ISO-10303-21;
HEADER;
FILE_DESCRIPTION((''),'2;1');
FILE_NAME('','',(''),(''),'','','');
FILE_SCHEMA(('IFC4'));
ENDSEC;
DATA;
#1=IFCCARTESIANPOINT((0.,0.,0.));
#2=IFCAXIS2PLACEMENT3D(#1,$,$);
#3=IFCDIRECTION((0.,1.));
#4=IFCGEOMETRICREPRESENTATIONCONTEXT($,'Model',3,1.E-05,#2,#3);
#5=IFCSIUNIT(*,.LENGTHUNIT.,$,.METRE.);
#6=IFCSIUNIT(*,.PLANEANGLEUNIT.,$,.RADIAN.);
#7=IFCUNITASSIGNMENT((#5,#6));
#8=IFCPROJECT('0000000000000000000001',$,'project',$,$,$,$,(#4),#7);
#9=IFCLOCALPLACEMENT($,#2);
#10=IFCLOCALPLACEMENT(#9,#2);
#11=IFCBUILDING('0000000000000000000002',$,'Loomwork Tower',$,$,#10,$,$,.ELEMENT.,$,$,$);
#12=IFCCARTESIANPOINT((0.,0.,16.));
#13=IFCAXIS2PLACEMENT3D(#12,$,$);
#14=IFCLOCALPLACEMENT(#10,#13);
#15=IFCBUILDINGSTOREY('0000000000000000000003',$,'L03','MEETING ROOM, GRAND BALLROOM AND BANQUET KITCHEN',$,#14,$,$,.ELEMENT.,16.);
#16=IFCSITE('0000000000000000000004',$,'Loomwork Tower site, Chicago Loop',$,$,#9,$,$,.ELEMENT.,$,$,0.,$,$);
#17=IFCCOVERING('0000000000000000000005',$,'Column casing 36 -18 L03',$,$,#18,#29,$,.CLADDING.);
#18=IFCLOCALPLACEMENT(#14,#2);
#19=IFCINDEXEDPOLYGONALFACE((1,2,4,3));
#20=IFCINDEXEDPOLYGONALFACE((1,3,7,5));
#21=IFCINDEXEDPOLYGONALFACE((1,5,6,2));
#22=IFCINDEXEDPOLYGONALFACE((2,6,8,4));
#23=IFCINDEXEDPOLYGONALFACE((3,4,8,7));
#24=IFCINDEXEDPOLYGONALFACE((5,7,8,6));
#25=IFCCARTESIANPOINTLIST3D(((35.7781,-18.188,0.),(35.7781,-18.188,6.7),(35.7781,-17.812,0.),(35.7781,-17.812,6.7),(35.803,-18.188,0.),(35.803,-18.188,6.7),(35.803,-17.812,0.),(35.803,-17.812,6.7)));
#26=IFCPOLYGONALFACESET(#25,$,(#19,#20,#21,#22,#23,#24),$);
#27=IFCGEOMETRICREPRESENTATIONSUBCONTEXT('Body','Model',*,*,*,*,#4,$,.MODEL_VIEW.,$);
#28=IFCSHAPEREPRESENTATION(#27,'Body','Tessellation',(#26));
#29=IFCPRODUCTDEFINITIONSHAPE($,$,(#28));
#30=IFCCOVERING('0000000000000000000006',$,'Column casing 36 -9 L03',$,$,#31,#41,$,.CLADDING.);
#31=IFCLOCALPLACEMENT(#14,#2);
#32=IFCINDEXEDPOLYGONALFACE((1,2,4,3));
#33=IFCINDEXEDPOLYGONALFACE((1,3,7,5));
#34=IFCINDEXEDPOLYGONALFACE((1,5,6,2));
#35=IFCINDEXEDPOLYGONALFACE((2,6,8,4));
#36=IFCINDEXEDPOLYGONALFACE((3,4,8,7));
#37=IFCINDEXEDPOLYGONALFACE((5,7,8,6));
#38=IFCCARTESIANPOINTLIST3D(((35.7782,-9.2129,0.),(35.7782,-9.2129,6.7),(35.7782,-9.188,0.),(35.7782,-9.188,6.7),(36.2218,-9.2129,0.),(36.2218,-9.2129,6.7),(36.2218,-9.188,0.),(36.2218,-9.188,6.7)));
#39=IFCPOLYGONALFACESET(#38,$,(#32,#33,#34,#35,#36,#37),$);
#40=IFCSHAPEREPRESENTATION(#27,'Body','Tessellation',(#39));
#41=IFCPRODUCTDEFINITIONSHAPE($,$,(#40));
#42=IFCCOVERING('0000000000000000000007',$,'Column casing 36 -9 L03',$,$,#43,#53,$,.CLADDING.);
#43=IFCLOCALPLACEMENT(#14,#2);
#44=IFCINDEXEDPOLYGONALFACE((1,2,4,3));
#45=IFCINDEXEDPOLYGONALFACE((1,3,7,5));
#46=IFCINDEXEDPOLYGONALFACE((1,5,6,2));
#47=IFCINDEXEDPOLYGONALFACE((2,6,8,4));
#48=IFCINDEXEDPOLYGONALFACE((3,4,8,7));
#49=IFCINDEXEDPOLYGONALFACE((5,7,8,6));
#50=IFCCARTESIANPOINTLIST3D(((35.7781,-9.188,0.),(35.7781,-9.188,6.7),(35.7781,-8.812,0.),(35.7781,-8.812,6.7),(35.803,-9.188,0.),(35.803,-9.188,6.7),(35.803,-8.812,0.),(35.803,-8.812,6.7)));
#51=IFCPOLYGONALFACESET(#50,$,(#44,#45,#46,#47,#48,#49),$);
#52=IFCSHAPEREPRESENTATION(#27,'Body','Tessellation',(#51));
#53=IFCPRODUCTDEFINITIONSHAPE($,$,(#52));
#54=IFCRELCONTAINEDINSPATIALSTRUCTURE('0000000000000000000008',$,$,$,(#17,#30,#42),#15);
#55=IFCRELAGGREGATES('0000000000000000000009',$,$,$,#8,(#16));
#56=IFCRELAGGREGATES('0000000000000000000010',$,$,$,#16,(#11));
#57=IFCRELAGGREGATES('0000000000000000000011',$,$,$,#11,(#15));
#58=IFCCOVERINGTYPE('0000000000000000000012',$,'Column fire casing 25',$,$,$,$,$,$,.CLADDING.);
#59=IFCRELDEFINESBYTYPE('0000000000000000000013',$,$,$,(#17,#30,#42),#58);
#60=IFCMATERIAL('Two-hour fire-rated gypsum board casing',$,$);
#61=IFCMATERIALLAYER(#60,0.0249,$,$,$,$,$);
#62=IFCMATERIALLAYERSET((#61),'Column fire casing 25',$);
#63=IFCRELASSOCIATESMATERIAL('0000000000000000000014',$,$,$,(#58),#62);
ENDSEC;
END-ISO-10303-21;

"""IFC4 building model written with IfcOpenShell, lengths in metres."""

from ifc_helpers import new_model, si_unit, direction, frame, origin, origin_2d, place, context, subcontext, project, spatial, rectangle, extrude, material, layer, layer_set, type_object, element, save


model = new_model("IFC4")

# Units and contexts
model_context = context("Model", 3, precision=1e-05, world=origin(), true_north=direction((0.0, 1.0)))
body_context = subcontext(model_context, "Body", "Model", "MODEL_VIEW")
ifc_project = project(units=[si_unit("LENGTHUNIT", "METRE"), si_unit("PLANEANGLEUNIT", "RADIAN")], contexts=[model_context])

# Site, building, storey
site_placement = place(None, origin())
site = spatial("IfcSite", under=ifc_project, at=site_placement, Name="Loomwork Tower site, Chicago Loop", CompositionType="ELEMENT", RefElevation=0.0)
building_placement = place(site_placement, origin())
building = spatial("IfcBuilding", under=site, at=building_placement, Name="Loomwork Tower", CompositionType="ELEMENT")
storey_placement = place(building_placement, frame((0.0, 0.0, 16.0)))
storey = spatial("IfcBuildingStorey", under=building, at=storey_placement, Name="L03", Description="MEETING ROOM, GRAND BALLROOM AND BANQUET KITCHEN", CompositionType="ELEMENT", Elevation=16.0)

# Coverings
ifc_material_1 = material(Name="Two-hour fire-rated gypsum board casing")
ifc_layer_1 = layer(ifc_material_1, 0.0249)
ifc_layer_set_1 = layer_set([ifc_layer_1], Name="Column fire casing 25")
covering_type = type_object("IfcCoveringType", Name="Column fire casing 25", PredefinedType="CLADDING", material=ifc_layer_set_1)
for number, where, z_axis, x_axis, name in (
    (1, (35.7905, -18.0, 0.0), (0.0, 0.0, 1.0), (1.0, 0.0, 0.0), "Column casing 36 -18 L03"),
):
    element("IfcCovering", number, at=place(storey_placement, frame(where, z_axis=z_axis, x_axis=x_axis)), inside=storey, type_object=covering_type, Name=name, PredefinedType="CLADDING", context=body_context, shape_type="SweptSolid", body=[
        extrude(rectangle(XDim=0.0249, YDim=0.376, at=origin_2d()), origin(), (0.0, 0.0, 1.0), 6.7),
    ])
covering_1_placement = place(storey_placement, frame((36.0, -9.2004, 0.0), z_axis=(0.0, 0.0, 1.0), x_axis=(1.0, 0.0, 0.0)))
element("IfcCovering", 2, at=covering_1_placement, inside=storey, type_object=covering_type, Name="Column casing 36 -9 L03", PredefinedType="CLADDING", context=body_context, shape_type="SweptSolid", body=[
    extrude(rectangle(XDim=0.4436, YDim=0.0249, at=origin_2d()), origin(), (0.0, 0.0, 1.0), 6.7),
])
covering_2_placement = place(storey_placement, frame((35.7905, -9.0, 0.0), z_axis=(0.0, 0.0, 1.0), x_axis=(1.0, 0.0, 0.0)))
element("IfcCovering", 3, at=covering_2_placement, inside=storey, type_object=covering_type, Name="Column casing 36 -9 L03", PredefinedType="CLADDING", context=body_context, shape_type="SweptSolid", body=[
    extrude(rectangle(XDim=0.0249, YDim=0.376, at=origin_2d()), origin(), (0.0, 0.0, 1.0), 6.7),
])

save(model, "model.ifc")
